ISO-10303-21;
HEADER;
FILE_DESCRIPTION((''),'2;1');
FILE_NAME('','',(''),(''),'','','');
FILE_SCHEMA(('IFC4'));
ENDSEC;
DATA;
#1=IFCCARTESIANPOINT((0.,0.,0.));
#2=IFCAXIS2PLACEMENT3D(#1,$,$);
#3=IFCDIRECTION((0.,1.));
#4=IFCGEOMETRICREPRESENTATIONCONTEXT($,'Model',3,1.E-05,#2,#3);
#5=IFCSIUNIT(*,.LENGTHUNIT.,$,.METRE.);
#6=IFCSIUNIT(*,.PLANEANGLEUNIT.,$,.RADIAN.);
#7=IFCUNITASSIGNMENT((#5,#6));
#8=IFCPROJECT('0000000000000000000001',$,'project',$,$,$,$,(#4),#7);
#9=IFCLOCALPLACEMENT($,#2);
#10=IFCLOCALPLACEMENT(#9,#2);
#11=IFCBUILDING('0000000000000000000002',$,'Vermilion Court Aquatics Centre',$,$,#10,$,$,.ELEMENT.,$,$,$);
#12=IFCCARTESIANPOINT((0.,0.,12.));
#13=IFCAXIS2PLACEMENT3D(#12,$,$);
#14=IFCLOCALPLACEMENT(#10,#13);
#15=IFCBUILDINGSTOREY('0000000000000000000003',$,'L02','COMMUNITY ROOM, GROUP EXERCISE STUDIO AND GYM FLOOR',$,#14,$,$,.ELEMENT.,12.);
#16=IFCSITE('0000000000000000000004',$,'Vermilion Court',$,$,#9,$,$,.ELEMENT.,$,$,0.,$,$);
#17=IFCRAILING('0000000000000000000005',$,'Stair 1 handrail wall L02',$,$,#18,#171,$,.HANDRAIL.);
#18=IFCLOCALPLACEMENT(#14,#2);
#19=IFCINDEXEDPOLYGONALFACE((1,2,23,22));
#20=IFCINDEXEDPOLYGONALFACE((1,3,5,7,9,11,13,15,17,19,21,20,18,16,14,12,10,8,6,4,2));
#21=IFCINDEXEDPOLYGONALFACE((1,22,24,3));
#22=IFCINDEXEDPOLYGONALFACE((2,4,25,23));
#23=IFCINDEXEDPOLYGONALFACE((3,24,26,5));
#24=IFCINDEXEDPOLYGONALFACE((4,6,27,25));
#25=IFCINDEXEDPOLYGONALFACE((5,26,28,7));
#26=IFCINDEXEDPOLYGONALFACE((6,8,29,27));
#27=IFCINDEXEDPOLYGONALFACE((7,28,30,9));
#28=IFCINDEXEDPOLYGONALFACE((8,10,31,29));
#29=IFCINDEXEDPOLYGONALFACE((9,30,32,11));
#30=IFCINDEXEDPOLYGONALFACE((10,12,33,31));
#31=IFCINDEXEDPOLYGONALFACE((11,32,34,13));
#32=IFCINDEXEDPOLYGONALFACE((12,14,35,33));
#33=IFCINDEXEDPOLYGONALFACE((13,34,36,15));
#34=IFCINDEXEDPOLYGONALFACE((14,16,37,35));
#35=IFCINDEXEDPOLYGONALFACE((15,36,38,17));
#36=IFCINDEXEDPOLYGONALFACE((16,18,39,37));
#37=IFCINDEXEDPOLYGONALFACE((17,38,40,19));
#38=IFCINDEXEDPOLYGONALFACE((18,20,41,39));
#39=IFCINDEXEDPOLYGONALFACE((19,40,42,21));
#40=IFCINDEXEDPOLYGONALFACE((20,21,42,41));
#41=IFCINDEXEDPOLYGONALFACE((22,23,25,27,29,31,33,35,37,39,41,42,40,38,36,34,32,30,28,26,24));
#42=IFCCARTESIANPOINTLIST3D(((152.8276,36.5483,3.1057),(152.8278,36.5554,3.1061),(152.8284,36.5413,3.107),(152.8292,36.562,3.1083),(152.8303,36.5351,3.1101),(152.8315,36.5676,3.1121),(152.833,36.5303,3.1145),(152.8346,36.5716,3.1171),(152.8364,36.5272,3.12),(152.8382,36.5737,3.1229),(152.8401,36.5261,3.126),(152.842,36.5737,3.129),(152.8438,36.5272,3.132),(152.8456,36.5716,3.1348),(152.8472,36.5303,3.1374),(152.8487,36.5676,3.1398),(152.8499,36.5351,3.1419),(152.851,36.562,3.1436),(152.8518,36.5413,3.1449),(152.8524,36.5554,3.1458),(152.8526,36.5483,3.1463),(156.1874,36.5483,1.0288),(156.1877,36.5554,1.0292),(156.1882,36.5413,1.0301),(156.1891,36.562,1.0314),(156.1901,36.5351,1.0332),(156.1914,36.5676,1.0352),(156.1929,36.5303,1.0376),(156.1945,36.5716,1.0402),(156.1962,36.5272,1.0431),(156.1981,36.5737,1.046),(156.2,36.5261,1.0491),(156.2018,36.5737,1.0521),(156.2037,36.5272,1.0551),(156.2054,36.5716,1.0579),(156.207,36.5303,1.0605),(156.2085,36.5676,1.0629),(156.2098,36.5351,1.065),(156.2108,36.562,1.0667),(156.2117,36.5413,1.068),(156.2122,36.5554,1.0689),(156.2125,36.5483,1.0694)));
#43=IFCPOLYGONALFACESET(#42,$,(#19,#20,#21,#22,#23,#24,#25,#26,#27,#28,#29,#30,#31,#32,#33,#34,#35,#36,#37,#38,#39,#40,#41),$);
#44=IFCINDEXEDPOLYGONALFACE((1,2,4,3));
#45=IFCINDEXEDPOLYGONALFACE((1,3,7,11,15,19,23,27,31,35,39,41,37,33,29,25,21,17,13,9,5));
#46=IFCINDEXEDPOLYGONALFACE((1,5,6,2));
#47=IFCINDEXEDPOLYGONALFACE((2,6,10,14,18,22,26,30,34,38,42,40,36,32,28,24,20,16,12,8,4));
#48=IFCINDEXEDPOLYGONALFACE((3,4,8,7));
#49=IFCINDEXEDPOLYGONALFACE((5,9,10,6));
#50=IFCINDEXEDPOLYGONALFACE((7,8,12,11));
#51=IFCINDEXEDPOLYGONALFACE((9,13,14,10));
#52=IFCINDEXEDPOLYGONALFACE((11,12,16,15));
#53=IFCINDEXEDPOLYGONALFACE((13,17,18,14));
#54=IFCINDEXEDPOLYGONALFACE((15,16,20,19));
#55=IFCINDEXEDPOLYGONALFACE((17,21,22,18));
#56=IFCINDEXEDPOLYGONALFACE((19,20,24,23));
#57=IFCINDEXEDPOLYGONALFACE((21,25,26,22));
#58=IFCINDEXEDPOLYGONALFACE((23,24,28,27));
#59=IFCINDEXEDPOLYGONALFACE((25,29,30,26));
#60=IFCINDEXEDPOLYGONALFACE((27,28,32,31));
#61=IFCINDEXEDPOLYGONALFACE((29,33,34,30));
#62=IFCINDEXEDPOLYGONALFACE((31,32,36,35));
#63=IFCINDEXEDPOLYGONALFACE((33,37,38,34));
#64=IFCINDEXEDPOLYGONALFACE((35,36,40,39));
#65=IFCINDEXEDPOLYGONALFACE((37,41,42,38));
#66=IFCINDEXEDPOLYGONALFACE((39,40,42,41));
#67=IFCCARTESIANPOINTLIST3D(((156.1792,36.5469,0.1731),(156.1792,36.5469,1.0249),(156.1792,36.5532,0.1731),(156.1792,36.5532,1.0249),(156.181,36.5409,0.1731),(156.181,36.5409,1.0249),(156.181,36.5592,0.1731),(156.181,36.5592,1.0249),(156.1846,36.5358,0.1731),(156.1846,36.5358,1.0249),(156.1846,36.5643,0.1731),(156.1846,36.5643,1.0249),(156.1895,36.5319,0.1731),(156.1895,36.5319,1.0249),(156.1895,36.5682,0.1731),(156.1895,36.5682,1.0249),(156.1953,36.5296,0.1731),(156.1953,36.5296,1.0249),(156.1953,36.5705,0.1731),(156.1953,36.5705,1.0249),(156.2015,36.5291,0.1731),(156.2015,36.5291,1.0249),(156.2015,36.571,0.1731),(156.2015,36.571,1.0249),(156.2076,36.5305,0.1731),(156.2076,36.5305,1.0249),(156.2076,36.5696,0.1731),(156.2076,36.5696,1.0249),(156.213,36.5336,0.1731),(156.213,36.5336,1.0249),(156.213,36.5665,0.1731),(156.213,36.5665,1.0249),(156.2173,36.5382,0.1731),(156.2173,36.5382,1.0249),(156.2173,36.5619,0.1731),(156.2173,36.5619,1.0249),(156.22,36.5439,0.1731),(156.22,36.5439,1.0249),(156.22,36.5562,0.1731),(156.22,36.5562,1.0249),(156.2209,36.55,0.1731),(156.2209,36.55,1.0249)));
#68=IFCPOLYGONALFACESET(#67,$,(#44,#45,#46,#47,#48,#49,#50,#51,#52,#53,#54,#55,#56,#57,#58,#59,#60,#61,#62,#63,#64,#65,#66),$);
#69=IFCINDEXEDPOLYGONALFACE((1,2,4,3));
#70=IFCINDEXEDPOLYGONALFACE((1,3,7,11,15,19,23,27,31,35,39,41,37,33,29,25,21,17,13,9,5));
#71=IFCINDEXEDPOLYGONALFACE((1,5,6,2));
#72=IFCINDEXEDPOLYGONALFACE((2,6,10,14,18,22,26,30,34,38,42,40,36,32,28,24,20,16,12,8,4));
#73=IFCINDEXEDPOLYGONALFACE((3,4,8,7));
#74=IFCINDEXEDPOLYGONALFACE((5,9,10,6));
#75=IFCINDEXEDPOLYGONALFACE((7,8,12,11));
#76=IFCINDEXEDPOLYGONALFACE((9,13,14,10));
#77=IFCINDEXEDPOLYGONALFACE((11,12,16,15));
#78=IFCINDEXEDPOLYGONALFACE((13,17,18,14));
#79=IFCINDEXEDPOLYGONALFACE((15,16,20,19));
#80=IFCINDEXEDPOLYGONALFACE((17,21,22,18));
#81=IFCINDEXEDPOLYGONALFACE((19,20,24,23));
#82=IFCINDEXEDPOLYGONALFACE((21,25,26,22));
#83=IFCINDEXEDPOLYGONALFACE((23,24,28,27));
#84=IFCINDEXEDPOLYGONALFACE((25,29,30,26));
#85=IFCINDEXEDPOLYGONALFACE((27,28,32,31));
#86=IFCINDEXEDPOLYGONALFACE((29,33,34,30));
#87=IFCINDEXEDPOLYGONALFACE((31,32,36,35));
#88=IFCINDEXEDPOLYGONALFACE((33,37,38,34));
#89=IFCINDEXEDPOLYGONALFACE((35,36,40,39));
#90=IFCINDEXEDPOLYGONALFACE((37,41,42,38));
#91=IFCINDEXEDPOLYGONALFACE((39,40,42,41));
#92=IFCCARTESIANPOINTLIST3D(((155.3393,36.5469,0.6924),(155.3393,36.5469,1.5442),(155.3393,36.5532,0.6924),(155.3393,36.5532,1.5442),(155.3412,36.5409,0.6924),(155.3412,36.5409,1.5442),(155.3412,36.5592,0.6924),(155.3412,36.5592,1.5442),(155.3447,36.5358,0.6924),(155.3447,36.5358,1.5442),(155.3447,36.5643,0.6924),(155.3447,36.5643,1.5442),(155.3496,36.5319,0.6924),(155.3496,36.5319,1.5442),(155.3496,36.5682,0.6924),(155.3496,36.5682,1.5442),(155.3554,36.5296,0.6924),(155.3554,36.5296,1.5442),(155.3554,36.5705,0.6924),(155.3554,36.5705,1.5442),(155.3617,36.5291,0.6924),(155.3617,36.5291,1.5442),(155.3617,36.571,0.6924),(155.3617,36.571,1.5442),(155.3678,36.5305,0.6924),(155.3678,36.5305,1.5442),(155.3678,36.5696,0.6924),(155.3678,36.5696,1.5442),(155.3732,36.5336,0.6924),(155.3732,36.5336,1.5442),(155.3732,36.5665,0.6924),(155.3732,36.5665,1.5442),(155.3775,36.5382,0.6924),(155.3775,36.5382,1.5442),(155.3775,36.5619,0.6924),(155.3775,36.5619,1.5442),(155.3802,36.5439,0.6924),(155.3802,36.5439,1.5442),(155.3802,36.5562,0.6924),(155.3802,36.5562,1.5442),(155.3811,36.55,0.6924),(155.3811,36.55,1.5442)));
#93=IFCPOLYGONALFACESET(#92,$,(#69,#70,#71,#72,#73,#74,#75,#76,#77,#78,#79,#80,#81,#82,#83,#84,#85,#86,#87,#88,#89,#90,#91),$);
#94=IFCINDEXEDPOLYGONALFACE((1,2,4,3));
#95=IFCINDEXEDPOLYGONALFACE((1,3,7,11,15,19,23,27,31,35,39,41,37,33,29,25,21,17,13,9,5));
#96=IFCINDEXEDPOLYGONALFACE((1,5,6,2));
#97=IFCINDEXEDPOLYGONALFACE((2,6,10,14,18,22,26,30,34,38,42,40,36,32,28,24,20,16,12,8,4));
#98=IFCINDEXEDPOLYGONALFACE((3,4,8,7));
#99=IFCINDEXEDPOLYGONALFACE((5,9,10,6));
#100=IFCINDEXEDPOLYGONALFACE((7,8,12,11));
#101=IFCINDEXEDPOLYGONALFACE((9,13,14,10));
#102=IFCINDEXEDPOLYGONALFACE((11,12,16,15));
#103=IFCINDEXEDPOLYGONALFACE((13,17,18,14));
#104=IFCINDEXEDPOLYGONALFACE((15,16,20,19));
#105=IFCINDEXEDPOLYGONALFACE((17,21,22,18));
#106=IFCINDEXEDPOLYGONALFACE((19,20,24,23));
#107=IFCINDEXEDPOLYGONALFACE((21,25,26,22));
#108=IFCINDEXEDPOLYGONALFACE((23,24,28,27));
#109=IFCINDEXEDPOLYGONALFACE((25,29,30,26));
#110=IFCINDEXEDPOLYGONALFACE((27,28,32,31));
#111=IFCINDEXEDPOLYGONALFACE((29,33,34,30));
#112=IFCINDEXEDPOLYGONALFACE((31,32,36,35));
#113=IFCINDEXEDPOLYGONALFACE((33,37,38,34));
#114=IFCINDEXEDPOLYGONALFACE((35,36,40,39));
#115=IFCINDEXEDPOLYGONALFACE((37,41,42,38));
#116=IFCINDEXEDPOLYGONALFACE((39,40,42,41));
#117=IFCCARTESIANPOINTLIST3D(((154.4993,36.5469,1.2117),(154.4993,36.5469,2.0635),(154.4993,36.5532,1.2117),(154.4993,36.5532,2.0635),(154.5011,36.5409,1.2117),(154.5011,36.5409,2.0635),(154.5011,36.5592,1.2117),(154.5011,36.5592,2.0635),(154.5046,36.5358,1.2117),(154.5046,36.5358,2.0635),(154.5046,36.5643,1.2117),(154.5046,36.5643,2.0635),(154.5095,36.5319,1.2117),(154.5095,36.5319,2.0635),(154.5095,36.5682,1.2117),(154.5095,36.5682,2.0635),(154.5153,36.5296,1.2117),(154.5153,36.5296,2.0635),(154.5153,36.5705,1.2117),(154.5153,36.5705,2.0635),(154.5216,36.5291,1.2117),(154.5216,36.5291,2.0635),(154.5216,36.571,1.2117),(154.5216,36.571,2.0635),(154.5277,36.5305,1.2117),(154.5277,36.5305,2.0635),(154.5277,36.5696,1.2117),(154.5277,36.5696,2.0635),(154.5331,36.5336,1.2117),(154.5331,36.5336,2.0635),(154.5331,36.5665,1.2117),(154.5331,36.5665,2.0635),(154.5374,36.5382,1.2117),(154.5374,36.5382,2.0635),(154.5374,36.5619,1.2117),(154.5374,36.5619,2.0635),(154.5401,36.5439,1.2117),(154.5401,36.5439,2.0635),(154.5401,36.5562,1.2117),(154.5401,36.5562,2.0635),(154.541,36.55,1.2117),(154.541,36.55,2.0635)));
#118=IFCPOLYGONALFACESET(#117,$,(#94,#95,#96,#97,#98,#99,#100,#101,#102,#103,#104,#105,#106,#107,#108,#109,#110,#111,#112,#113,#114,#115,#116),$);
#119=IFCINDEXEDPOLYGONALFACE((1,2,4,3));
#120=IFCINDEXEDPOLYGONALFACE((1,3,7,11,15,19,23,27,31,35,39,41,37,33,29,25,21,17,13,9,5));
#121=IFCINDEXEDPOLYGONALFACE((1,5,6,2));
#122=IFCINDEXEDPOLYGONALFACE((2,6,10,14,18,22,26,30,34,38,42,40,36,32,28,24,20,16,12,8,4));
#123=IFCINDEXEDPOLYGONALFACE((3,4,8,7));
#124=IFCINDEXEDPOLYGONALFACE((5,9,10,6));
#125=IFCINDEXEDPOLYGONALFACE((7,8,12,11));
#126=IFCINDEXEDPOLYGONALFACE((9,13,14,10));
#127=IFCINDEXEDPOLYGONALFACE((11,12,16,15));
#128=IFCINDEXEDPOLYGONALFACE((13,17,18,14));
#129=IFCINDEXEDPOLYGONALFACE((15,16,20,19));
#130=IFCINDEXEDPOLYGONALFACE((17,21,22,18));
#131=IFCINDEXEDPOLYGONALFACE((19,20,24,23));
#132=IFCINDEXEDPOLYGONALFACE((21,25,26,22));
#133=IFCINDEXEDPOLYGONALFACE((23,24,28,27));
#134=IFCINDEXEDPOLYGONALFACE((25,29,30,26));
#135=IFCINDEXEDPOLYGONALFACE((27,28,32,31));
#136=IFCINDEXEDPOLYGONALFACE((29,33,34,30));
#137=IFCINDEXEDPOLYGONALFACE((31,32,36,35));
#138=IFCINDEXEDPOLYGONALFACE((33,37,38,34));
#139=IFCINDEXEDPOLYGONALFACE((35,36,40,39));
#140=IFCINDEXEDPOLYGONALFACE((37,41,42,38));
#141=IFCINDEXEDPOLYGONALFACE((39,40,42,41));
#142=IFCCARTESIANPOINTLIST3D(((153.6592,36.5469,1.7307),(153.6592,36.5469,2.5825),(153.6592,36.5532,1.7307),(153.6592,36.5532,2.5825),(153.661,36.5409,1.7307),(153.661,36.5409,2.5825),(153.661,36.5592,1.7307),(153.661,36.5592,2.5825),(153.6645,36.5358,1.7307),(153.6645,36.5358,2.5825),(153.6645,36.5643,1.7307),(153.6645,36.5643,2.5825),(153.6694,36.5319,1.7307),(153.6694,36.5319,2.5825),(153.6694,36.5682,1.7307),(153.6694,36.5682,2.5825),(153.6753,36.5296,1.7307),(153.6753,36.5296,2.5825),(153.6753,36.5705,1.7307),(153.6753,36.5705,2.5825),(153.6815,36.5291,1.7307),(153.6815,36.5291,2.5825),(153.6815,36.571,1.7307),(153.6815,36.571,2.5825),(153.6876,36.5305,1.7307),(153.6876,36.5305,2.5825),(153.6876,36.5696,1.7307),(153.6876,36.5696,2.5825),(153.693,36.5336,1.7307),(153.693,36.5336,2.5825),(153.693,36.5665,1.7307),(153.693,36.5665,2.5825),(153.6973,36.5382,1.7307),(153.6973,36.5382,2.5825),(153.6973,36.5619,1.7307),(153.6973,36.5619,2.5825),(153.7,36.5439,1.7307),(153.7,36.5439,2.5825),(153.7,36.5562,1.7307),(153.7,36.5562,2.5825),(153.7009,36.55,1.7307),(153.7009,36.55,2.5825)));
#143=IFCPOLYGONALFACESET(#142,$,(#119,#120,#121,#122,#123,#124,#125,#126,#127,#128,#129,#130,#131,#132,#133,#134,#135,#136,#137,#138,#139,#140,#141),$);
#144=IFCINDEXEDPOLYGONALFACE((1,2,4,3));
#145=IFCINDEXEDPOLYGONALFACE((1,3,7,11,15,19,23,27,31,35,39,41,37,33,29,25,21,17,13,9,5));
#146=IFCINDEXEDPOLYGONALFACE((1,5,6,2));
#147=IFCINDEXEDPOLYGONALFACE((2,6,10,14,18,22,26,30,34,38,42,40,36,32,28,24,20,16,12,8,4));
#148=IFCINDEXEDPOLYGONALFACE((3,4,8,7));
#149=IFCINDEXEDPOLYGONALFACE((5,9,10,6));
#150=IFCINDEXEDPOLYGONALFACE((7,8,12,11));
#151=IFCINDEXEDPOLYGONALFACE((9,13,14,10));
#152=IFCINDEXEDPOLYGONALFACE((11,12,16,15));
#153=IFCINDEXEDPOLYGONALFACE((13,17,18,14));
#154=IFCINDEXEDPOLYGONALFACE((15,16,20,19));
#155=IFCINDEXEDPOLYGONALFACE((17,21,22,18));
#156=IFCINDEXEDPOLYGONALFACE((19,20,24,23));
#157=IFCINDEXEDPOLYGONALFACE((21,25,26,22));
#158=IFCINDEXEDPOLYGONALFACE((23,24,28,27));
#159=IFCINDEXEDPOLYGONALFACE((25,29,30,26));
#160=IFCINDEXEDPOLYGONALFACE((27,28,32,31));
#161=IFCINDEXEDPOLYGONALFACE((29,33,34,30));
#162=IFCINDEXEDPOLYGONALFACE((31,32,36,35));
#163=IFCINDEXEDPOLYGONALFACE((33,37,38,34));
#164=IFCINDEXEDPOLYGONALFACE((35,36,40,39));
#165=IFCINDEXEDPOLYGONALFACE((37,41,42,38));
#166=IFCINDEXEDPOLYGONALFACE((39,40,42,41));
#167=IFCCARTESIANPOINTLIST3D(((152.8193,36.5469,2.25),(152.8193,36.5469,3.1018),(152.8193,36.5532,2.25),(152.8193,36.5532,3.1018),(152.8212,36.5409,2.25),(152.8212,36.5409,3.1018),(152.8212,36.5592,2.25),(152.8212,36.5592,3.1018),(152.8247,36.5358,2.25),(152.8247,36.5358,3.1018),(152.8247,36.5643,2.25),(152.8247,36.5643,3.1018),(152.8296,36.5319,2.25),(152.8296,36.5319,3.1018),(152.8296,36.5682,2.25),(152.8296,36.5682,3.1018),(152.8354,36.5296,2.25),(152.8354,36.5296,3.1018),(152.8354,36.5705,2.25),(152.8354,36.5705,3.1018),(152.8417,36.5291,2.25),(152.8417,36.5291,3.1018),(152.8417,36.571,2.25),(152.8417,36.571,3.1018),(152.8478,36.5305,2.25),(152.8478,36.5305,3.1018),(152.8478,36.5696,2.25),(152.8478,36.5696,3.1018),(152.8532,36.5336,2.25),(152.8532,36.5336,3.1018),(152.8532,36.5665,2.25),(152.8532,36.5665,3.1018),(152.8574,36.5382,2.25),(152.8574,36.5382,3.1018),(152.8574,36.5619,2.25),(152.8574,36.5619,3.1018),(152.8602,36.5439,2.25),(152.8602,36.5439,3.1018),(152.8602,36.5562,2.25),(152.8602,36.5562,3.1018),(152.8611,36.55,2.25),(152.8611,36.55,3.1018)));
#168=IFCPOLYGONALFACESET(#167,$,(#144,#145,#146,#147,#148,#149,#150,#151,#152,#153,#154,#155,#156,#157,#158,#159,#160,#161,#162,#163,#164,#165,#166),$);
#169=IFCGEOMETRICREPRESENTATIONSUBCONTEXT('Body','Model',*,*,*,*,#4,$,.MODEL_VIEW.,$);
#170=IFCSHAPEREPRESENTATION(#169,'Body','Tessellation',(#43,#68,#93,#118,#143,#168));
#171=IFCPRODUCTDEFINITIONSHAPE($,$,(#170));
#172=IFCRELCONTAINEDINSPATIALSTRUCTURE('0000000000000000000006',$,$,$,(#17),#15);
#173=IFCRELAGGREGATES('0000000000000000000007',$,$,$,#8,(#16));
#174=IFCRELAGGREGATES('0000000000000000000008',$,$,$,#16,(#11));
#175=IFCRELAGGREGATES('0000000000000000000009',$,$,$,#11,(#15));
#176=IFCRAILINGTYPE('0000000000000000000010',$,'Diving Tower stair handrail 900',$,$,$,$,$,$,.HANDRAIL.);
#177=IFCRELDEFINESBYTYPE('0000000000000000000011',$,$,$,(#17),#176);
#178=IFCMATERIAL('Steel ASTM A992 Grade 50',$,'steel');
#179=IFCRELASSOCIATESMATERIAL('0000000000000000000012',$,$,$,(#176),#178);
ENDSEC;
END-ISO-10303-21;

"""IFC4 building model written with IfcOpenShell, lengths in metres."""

from ifc_helpers import new_model, si_unit, direction, frame, origin, origin_2d, place, context, subcontext, project, spatial, circle, extrude, material, type_object, element, save


model = new_model("IFC4")

# Units and contexts
model_context = context("Model", 3, precision=1e-05, world=origin(), true_north=direction((0.0, 1.0)))
body_context = subcontext(model_context, "Body", "Model", "MODEL_VIEW")
ifc_project = project(units=[si_unit("LENGTHUNIT", "METRE"), si_unit("PLANEANGLEUNIT", "RADIAN")], contexts=[model_context])

# Site, building, storey
site_placement = place(None, origin())
site = spatial("IfcSite", under=ifc_project, at=site_placement, Name="Vermilion Court", CompositionType="ELEMENT", RefElevation=0.0)
building_placement = place(site_placement, origin())
building = spatial("IfcBuilding", under=site, at=building_placement, Name="Vermilion Court Aquatics Centre", CompositionType="ELEMENT")
storey_placement = place(building_placement, frame((0.0, 0.0, 12.0)))
storey = spatial("IfcBuildingStorey", under=building, at=storey_placement, Name="L02", Description="COMMUNITY ROOM, GROUP EXERCISE STUDIO AND GYM FLOOR", CompositionType="ELEMENT", Elevation=12.0)

# Railing
ifc_material_1 = material(Name="Steel ASTM A992 Grade 50", Category="steel")
railing_type_1 = type_object("IfcRailingType", Name="Diving Tower stair handrail 900", PredefinedType="HANDRAIL", material=ifc_material_1)
for number, where, name in (
    (1, (156.2, 36.55, 0.1731), "Stair 1 handrail wall L02"),
):
    element("IfcRailing", number, at=place(storey_placement, frame(where)), inside=storey, type_object=railing_type_1, Name=name, PredefinedType="HANDRAIL", context=body_context, shape_type="SweptSolid", body=[
        extrude(circle(Radius=0.0239, at=origin_2d()), frame((0.0, 0.0, 0.876), z_axis=(-0.850606, 0.0, 0.525803), x_axis=(0.0, -1.0, 0.0)), (0.0, 0.0, 1.0), 3.95),
        extrude(circle(Radius=0.021, at=origin_2d()), origin(), (0.0, 0.0, 1.0), 0.8518),
        extrude(circle(Radius=0.021, at=origin_2d()), frame((-0.8398, 0.0, 0.5193)), (0.0, 0.0, 1.0), 0.8518),
        extrude(circle(Radius=0.021, at=origin_2d()), frame((-1.6799, 0.0, 1.0386)), (0.0, 0.0, 1.0), 0.8518),
        extrude(circle(Radius=0.021, at=origin_2d()), frame((-2.52, 0.0, 1.5576)), (0.0, 0.0, 1.0), 0.8518),
        extrude(circle(Radius=0.021, at=origin_2d()), frame((-3.3599, 0.0, 2.0769)), (0.0, 0.0, 1.0), 0.8518),
    ])

save(model, "model.ifc")
